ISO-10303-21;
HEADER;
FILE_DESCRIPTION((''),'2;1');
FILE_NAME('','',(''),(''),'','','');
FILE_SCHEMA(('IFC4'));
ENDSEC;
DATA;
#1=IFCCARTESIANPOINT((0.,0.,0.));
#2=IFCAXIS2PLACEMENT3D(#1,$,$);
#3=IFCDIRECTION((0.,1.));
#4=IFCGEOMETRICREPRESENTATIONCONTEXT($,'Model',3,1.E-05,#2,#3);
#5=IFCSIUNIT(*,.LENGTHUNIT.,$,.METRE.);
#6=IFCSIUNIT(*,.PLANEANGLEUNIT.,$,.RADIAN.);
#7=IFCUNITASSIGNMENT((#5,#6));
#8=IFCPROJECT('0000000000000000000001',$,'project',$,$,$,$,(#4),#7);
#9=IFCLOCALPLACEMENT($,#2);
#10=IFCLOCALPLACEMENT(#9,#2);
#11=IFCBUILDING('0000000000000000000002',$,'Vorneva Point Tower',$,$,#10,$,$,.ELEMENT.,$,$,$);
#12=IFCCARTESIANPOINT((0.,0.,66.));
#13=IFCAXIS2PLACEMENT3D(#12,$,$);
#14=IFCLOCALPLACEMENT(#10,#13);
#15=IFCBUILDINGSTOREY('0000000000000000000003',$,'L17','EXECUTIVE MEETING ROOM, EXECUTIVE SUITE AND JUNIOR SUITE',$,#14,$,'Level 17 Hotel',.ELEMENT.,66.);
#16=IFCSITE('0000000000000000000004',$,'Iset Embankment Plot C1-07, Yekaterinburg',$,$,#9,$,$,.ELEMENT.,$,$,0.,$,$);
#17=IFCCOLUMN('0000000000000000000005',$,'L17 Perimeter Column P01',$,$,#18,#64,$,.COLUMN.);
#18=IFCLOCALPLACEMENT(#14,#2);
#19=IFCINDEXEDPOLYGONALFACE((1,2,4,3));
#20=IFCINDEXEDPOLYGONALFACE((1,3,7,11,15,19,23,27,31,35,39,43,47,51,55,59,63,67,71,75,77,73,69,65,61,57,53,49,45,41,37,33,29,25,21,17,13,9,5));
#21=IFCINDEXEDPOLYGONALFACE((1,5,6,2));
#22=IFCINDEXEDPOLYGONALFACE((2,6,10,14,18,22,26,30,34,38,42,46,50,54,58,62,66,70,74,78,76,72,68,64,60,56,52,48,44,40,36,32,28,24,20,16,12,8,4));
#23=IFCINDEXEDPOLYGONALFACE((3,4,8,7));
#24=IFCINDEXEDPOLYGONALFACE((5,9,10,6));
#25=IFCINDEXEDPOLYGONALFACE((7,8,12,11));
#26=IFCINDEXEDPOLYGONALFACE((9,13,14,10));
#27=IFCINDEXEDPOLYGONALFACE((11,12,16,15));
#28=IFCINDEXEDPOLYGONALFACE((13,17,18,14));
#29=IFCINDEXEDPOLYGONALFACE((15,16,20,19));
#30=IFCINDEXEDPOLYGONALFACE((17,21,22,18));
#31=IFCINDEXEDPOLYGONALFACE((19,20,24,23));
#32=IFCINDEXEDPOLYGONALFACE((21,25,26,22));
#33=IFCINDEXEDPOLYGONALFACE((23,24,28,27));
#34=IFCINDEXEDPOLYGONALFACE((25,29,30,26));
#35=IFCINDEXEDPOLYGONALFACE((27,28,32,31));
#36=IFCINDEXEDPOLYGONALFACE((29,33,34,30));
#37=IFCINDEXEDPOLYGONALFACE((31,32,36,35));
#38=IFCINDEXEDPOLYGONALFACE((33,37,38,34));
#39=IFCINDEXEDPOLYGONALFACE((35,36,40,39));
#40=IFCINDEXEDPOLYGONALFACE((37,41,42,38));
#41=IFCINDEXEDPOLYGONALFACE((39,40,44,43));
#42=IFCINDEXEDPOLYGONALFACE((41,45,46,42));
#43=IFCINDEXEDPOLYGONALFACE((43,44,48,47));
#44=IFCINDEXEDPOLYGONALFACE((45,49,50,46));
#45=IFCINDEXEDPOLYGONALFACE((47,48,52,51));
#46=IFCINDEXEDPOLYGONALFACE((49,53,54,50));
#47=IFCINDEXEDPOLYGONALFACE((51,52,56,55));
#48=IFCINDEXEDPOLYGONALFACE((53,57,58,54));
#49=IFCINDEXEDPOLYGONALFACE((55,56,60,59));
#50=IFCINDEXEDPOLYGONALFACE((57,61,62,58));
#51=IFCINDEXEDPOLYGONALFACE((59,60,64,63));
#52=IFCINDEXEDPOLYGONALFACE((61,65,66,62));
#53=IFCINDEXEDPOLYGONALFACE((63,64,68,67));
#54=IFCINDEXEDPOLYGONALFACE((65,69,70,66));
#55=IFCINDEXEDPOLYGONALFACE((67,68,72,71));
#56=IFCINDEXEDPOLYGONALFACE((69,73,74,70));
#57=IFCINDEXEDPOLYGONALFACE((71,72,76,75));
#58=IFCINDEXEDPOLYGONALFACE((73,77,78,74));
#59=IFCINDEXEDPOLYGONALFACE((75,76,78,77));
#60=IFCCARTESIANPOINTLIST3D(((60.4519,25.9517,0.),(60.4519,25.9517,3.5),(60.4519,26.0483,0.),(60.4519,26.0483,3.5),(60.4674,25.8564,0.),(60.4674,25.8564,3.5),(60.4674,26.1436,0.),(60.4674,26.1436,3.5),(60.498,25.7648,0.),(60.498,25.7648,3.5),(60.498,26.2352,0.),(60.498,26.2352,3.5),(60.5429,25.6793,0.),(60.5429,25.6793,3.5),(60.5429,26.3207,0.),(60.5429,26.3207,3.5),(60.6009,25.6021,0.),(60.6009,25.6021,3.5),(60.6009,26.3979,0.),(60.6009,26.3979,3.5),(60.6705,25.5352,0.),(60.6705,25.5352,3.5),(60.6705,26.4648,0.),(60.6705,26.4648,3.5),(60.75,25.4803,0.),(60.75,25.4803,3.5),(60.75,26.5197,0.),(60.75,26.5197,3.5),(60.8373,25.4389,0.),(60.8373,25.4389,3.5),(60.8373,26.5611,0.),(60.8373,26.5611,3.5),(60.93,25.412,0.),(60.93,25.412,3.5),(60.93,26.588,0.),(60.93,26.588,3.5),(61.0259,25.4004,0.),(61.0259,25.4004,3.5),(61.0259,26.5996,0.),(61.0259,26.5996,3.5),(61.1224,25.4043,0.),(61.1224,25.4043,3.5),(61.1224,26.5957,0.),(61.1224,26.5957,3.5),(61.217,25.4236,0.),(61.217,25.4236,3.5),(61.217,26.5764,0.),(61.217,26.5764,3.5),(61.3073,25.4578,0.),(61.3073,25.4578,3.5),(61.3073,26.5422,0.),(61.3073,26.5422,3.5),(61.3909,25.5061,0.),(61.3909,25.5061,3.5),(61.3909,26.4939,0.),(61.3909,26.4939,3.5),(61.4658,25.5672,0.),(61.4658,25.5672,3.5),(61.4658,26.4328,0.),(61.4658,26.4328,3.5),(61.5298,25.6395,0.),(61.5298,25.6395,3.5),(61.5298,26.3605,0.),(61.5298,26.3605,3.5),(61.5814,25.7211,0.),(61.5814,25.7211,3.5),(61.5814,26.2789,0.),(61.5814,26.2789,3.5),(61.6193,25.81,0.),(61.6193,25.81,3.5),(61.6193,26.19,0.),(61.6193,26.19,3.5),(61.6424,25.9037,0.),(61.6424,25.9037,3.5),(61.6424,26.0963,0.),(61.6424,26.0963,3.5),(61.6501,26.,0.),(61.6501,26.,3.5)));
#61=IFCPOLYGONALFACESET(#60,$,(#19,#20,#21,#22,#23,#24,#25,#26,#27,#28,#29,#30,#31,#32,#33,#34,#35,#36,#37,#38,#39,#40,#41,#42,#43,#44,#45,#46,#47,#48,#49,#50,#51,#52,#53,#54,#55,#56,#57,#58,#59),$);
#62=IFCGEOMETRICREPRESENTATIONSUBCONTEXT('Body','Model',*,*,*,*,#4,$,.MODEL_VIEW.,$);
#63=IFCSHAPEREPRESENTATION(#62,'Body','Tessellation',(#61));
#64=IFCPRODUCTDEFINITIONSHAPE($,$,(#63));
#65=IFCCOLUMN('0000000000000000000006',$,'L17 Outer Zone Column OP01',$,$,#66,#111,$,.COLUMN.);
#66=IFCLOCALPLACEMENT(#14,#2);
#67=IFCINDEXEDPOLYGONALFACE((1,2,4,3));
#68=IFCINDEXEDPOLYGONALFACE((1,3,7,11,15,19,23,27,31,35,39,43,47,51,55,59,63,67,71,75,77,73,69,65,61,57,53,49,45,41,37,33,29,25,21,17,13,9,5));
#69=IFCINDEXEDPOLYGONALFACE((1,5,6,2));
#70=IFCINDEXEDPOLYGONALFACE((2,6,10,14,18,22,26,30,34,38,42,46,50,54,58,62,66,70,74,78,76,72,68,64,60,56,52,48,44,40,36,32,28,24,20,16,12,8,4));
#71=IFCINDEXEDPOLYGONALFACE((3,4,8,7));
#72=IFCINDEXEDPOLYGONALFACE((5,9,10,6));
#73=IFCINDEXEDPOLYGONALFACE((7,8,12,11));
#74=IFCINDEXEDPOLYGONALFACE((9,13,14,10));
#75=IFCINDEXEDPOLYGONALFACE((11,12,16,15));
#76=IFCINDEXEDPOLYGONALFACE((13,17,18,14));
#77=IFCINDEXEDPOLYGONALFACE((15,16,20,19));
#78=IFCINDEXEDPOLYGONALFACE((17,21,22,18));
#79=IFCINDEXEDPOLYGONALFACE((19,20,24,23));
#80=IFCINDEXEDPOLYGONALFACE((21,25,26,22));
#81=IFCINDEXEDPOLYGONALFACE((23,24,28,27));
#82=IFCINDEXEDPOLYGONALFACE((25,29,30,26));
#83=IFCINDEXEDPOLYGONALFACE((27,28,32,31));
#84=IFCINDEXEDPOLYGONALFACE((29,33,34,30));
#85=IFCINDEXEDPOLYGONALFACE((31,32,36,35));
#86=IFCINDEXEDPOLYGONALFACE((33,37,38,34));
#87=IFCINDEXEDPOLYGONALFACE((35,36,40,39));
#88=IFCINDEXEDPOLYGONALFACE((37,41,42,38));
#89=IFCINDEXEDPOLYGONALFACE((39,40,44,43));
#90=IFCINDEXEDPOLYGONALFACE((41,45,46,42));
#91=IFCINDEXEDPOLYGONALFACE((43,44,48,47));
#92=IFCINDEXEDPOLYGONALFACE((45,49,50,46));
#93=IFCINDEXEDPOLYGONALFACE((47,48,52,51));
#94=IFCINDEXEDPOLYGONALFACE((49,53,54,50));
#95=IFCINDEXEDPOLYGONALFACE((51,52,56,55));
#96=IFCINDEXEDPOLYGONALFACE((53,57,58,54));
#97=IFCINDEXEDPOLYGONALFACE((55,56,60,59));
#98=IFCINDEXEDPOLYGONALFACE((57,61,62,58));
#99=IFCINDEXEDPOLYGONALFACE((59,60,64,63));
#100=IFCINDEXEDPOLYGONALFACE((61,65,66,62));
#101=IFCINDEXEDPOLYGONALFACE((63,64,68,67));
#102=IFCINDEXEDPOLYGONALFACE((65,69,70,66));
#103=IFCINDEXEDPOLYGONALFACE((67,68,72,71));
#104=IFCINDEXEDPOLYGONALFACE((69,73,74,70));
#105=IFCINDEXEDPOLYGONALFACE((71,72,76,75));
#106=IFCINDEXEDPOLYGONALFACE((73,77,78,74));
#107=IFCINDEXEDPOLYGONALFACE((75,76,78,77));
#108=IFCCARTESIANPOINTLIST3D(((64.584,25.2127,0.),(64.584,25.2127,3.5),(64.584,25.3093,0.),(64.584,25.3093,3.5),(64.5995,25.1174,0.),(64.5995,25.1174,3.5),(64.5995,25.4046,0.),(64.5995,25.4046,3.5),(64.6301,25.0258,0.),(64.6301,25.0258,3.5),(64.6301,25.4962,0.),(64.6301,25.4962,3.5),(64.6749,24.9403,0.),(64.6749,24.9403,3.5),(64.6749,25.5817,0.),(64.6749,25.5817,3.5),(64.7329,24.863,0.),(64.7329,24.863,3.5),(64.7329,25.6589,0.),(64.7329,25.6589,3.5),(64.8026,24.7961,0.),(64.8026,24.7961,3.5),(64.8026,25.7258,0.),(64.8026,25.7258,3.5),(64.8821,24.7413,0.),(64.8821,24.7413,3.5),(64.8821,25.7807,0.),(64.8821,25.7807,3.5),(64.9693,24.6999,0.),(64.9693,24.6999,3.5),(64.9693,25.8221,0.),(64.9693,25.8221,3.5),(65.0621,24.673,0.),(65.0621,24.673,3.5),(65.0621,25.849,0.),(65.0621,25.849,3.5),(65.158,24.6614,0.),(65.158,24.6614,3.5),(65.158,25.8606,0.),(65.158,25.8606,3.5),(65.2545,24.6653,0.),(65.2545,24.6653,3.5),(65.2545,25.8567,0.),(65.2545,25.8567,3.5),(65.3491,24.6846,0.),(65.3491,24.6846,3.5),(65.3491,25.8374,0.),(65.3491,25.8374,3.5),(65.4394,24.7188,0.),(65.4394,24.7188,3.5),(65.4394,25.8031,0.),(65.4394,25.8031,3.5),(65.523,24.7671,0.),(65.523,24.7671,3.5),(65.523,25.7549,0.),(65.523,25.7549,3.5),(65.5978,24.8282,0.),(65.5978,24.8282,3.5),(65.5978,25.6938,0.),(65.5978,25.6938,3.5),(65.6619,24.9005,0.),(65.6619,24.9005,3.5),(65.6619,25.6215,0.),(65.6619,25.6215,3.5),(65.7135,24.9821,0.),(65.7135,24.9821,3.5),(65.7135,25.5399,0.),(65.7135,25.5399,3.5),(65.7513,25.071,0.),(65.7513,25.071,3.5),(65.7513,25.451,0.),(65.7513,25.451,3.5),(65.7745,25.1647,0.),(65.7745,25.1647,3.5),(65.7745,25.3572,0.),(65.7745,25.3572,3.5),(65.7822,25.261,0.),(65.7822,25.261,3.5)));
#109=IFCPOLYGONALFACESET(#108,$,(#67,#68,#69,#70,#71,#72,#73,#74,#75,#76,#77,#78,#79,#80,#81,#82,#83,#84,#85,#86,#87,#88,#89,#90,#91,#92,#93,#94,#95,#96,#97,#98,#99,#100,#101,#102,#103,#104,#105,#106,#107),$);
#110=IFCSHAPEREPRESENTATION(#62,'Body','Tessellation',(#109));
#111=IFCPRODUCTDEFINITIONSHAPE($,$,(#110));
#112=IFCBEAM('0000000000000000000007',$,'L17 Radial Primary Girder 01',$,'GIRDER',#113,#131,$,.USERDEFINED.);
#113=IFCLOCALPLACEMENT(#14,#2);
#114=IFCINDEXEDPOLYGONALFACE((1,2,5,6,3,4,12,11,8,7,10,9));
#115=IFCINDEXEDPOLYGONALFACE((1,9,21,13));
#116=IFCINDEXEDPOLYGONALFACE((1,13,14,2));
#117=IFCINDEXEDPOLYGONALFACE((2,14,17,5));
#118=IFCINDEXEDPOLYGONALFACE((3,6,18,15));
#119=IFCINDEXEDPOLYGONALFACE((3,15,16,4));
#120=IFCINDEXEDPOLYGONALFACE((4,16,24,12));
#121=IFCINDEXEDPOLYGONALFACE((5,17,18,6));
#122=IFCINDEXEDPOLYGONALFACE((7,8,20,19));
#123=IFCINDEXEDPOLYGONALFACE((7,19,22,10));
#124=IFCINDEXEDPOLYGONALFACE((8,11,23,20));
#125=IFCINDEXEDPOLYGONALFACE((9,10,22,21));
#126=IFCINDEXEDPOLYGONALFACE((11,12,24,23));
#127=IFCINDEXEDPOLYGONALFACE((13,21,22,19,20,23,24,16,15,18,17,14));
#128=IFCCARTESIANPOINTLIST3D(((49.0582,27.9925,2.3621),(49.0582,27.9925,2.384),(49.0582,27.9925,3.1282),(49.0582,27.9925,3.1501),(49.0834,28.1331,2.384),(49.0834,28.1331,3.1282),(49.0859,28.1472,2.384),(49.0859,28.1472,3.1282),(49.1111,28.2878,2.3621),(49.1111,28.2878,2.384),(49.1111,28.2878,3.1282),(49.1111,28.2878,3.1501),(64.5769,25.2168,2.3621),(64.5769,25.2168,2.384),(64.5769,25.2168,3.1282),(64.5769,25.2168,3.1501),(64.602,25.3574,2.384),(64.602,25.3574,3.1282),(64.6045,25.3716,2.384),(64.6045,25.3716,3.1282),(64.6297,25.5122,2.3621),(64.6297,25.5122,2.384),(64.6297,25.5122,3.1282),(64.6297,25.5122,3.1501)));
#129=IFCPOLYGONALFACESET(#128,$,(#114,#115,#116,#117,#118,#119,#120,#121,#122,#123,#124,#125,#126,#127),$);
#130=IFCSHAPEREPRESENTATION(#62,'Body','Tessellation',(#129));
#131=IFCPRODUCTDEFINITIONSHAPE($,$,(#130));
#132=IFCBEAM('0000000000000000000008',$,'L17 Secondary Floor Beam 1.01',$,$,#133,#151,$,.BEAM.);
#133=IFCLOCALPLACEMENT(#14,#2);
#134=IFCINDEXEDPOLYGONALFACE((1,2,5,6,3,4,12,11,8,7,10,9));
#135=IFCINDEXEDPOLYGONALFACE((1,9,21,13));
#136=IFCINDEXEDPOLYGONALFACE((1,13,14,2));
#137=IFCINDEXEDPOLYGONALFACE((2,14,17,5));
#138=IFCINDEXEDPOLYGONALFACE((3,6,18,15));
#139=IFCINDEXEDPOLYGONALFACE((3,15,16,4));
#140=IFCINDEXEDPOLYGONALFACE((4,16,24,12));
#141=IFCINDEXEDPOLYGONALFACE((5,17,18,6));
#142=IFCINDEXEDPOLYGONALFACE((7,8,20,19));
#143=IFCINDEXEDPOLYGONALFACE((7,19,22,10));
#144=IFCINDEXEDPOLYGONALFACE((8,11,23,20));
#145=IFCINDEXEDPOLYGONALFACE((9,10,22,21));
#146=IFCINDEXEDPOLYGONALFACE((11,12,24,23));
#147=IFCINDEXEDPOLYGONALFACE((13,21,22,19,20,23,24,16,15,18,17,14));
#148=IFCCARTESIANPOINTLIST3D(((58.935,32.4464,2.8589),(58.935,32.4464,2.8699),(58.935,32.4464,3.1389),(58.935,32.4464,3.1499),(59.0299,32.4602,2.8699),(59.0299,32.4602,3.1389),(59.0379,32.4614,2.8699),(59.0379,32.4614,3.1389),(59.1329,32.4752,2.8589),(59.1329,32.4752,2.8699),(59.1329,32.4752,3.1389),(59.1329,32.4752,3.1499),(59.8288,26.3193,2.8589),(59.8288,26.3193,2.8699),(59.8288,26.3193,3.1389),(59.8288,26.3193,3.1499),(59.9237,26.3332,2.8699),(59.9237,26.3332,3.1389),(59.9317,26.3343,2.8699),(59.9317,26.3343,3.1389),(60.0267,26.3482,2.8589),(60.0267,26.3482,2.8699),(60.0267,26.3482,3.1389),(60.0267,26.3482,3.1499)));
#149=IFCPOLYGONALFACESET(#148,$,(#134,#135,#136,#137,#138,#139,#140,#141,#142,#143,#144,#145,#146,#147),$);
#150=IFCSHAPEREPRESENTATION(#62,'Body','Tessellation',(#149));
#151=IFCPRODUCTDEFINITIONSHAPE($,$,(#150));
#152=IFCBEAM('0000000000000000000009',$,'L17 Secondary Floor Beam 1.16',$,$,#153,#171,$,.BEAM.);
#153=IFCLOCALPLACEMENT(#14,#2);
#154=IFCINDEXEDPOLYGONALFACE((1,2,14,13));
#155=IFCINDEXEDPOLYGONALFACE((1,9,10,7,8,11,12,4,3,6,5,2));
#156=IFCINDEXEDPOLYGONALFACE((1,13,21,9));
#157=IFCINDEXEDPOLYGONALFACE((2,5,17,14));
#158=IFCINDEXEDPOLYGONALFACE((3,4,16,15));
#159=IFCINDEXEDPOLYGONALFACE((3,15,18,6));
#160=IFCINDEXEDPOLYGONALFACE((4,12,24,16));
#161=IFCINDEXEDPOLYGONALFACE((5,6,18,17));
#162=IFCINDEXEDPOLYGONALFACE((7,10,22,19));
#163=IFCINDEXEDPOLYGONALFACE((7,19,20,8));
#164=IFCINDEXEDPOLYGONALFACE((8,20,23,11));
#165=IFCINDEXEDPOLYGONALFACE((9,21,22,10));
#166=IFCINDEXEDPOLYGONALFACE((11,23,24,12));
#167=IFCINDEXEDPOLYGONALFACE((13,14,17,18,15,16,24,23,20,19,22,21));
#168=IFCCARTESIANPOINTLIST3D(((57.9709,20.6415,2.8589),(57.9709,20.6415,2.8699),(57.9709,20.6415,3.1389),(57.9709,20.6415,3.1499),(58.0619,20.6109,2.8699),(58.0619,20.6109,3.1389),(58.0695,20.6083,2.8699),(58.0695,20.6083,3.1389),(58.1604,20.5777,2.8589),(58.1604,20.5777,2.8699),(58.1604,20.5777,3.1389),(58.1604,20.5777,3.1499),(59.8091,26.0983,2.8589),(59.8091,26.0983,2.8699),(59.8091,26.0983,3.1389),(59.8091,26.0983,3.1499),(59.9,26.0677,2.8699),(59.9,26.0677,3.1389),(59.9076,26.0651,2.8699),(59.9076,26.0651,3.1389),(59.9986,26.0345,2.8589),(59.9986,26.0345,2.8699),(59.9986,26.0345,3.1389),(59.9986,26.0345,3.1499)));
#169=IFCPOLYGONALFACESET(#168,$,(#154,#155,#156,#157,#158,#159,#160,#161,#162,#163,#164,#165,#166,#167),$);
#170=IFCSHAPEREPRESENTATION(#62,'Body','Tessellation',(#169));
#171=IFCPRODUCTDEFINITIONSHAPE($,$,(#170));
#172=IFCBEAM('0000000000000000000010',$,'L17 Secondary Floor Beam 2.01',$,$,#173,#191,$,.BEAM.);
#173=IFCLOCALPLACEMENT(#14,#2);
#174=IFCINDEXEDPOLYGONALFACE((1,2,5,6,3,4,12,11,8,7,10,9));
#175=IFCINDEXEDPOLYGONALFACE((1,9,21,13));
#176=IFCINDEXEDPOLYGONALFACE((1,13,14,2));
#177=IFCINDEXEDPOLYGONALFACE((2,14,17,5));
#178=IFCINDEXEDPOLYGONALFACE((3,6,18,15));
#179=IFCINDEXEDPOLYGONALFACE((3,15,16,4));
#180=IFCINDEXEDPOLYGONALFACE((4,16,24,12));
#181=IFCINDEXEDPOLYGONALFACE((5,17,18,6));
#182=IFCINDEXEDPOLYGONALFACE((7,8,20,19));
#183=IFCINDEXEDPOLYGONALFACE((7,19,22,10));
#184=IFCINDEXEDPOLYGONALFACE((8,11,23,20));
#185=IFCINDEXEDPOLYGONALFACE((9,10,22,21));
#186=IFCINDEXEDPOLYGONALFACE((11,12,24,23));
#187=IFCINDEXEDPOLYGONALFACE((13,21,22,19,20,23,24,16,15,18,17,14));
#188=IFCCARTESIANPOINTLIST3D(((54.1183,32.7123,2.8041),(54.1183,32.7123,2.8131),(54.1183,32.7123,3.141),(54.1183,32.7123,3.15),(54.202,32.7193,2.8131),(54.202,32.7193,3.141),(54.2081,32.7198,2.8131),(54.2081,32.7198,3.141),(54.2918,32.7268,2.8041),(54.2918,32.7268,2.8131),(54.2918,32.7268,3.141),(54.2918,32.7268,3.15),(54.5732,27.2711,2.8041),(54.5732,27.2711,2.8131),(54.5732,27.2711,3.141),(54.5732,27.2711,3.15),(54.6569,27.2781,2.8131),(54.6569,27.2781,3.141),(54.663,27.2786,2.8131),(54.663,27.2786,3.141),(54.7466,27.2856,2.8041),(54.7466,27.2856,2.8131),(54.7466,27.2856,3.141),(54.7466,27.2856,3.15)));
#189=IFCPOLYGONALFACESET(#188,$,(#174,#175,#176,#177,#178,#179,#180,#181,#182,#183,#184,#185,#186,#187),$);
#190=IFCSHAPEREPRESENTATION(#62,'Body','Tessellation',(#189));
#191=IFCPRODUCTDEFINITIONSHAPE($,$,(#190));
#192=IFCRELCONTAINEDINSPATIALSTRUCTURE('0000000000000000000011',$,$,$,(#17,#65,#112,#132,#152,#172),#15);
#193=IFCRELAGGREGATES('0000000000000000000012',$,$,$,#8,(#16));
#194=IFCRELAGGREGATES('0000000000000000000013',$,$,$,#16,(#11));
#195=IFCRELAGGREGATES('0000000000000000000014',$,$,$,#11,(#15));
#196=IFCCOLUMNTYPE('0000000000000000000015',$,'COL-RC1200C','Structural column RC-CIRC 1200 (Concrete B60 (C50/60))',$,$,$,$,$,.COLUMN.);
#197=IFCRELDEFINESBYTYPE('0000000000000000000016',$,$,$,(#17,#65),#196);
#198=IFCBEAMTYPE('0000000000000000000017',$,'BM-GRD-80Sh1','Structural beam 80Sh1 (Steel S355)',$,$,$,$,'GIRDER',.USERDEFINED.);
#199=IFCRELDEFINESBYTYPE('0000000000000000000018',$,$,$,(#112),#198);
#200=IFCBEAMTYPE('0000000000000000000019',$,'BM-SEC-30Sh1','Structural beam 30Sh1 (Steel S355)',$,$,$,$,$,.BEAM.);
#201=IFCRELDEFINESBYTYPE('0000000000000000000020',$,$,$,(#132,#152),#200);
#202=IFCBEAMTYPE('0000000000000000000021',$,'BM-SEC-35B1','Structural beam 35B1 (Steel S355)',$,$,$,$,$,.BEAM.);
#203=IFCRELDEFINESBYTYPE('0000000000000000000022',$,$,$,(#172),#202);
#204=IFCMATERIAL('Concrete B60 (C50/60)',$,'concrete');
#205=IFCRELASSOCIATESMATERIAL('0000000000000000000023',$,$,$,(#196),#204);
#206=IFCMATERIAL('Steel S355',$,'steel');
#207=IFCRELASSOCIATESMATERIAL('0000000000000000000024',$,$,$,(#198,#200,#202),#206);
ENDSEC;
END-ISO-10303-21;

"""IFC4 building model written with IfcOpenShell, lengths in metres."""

from ifc_helpers import new_model, si_unit, direction, frame, origin, origin_2d, place, context, subcontext, project, spatial, circle, i_section, extrude, material, material_profile, profile_set, type_object, element, save


model = new_model("IFC4")

# Units and contexts
model_context = context("Model", 3, precision=1e-05, world=origin(), true_north=direction((0.0, 1.0)))
body_context = subcontext(model_context, "Body", "Model", "MODEL_VIEW")
ifc_project = project(units=[si_unit("LENGTHUNIT", "METRE"), si_unit("PLANEANGLEUNIT", "RADIAN")], contexts=[model_context])

# Site, building, storey
site_placement = place(None, origin())
site = spatial("IfcSite", under=ifc_project, at=site_placement, Name="Iset Embankment Plot C1-07, Yekaterinburg", CompositionType="ELEMENT", RefElevation=0.0)
building_placement = place(site_placement, origin())
building = spatial("IfcBuilding", under=site, at=building_placement, Name="Vorneva Point Tower", CompositionType="ELEMENT")
storey_placement = place(building_placement, frame((0.0, 0.0, 66.0)))
storey = spatial("IfcBuildingStorey", under=building, at=storey_placement, Name="L17", Description="EXECUTIVE MEETING ROOM, EXECUTIVE SUITE AND JUNIOR SUITE", LongName="Level 17 Hotel", CompositionType="ELEMENT", Elevation=66.0)

# Columns
ifc_material_1 = material(Name="Concrete B60 (C50/60)", Category="concrete")
ifc_material_profile_1 = material_profile(ifc_material_1, circle(Radius=0.6001, at=origin_2d()), Name="RC-CIRC 1200")
ifc_profile_set_1 = profile_set([ifc_material_profile_1], Name="Concrete B60 (C50/60)")
column_type = type_object("IfcColumnType", Name="COL-RC1200C", Description="Structural column RC-CIRC 1200 (Concrete B60 (C50/60))", PredefinedType="COLUMN", material=ifc_profile_set_1)
for number, where, z_axis, x_axis, name in (
    (1, (61.05, 26.0, 0.0), (0.0, 0.0, 1.0), (1.0, 0.0, 0.0), "L17 Perimeter Column P01"),
    (2, (65.1821, 25.261, 0.0), (0.0, 0.0, 1.0), (1.0, 0.0, 0.0), "L17 Outer Zone Column OP01"),
):
    element("IfcColumn", number, at=place(storey_placement, frame(where, z_axis=z_axis, x_axis=x_axis)), inside=storey, type_object=column_type, Name=name, PredefinedType="COLUMN", context=body_context, shape_type="SweptSolid", body=[
        extrude(circle(Radius=0.6001, at=origin_2d()), origin(), (0.0, 0.0, 1.0), 3.5),
    ])

# Beams
ifc_material_2 = material(Name="Steel S355", Category="steel")
ifc_material_profile_2 = material_profile(ifc_material_2, i_section(OverallWidth=0.3, OverallDepth=0.7881, WebThickness=0.0144, FlangeThickness=0.022, at=origin_2d()), Name="80Sh1")
ifc_profile_set_2 = profile_set([ifc_material_profile_2], Name="Steel S355")
beam_type_1 = type_object("IfcBeamType", Name="BM-GRD-80Sh1", Description="Structural beam 80Sh1 (Steel S355)", ElementType="GIRDER", PredefinedType="USERDEFINED", material=ifc_profile_set_2)
beam_1_placement = place(storey_placement, frame((64.6033, 25.3645, 2.7561), z_axis=(-0.984379, 0.176065, 0.0), x_axis=(-0.176065, -0.984379, 0.0)))
element("IfcBeam", 3, at=beam_1_placement, inside=storey, type_object=beam_type_1, Name="L17 Radial Primary Girder 01", ObjectType="GIRDER", PredefinedType="USERDEFINED", context=body_context, shape_type="SweptSolid", body=[
    extrude(i_section(OverallWidth=0.3, OverallDepth=0.7881, WebThickness=0.0144, FlangeThickness=0.022, at=origin_2d()), origin(), (0.0, 0.0, 1.0), 15.7649),
])
ifc_material_profile_3 = material_profile(ifc_material_2, i_section(OverallWidth=0.2, OverallDepth=0.291, WebThickness=0.0081, FlangeThickness=0.011, at=origin_2d()), Name="30Sh1")
ifc_profile_set_3 = profile_set([ifc_material_profile_3], Name="Steel S355")
beam_type_2 = type_object("IfcBeamType", Name="BM-SEC-30Sh1", Description="Structural beam 30Sh1 (Steel S355)", PredefinedType="BEAM", material=ifc_profile_set_3)
beam_2_placement = place(storey_placement, frame((59.9277, 26.3337, 3.0044), z_axis=(-0.144352, 0.989526, 0.0), x_axis=(-0.989526, -0.144352, 0.0)))
element("IfcBeam", 4, at=beam_2_placement, inside=storey, type_object=beam_type_2, Name="L17 Secondary Floor Beam 1.01", PredefinedType="BEAM", context=body_context, shape_type="SweptSolid", body=[
    extrude(i_section(OverallWidth=0.2, OverallDepth=0.291, WebThickness=0.0081, FlangeThickness=0.011, at=origin_2d()), origin(), (0.0, 0.0, 1.0), 6.1919),
])
beam_3_placement = place(storey_placement, frame((58.0657, 20.6096, 3.0044), z_axis=(0.319228, 0.947678, 0.0), x_axis=(-0.947678, 0.319228, 0.0)))
element("IfcBeam", 5, at=beam_3_placement, inside=storey, type_object=beam_type_2, Name="L17 Secondary Floor Beam 1.16", PredefinedType="BEAM", context=body_context, shape_type="SweptSolid", body=[
    extrude(i_section(OverallWidth=0.2, OverallDepth=0.291, WebThickness=0.0081, FlangeThickness=0.011, at=origin_2d()), origin(), (0.0, 0.0, 1.0), 5.7581),
])
ifc_material_profile_4 = material_profile(ifc_material_2, i_section(OverallWidth=0.1741, OverallDepth=0.3459, WebThickness=0.0061, FlangeThickness=0.009, at=origin_2d()), Name="35B1")
ifc_profile_set_4 = profile_set([ifc_material_profile_4], Name="Steel S355")
beam_type_3 = type_object("IfcBeamType", Name="BM-SEC-35B1", Description="Structural beam 35B1 (Steel S355)", PredefinedType="BEAM", material=ifc_profile_set_4)
beam_4_placement = place(storey_placement, frame((54.6599, 27.2783, 2.9771), z_axis=(-0.083301, 0.996524, 0.0), x_axis=(-0.996524, -0.083301, 0.0)))
element("IfcBeam", 6, at=beam_4_placement, inside=storey, type_object=beam_type_3, Name="L17 Secondary Floor Beam 2.01", PredefinedType="BEAM", context=body_context, shape_type="SweptSolid", body=[
    extrude(i_section(OverallWidth=0.1741, OverallDepth=0.3459, WebThickness=0.0061, FlangeThickness=0.009, at=origin_2d()), origin(), (0.0, 0.0, 1.0), 5.4602),
])

save(model, "model.ifc")
